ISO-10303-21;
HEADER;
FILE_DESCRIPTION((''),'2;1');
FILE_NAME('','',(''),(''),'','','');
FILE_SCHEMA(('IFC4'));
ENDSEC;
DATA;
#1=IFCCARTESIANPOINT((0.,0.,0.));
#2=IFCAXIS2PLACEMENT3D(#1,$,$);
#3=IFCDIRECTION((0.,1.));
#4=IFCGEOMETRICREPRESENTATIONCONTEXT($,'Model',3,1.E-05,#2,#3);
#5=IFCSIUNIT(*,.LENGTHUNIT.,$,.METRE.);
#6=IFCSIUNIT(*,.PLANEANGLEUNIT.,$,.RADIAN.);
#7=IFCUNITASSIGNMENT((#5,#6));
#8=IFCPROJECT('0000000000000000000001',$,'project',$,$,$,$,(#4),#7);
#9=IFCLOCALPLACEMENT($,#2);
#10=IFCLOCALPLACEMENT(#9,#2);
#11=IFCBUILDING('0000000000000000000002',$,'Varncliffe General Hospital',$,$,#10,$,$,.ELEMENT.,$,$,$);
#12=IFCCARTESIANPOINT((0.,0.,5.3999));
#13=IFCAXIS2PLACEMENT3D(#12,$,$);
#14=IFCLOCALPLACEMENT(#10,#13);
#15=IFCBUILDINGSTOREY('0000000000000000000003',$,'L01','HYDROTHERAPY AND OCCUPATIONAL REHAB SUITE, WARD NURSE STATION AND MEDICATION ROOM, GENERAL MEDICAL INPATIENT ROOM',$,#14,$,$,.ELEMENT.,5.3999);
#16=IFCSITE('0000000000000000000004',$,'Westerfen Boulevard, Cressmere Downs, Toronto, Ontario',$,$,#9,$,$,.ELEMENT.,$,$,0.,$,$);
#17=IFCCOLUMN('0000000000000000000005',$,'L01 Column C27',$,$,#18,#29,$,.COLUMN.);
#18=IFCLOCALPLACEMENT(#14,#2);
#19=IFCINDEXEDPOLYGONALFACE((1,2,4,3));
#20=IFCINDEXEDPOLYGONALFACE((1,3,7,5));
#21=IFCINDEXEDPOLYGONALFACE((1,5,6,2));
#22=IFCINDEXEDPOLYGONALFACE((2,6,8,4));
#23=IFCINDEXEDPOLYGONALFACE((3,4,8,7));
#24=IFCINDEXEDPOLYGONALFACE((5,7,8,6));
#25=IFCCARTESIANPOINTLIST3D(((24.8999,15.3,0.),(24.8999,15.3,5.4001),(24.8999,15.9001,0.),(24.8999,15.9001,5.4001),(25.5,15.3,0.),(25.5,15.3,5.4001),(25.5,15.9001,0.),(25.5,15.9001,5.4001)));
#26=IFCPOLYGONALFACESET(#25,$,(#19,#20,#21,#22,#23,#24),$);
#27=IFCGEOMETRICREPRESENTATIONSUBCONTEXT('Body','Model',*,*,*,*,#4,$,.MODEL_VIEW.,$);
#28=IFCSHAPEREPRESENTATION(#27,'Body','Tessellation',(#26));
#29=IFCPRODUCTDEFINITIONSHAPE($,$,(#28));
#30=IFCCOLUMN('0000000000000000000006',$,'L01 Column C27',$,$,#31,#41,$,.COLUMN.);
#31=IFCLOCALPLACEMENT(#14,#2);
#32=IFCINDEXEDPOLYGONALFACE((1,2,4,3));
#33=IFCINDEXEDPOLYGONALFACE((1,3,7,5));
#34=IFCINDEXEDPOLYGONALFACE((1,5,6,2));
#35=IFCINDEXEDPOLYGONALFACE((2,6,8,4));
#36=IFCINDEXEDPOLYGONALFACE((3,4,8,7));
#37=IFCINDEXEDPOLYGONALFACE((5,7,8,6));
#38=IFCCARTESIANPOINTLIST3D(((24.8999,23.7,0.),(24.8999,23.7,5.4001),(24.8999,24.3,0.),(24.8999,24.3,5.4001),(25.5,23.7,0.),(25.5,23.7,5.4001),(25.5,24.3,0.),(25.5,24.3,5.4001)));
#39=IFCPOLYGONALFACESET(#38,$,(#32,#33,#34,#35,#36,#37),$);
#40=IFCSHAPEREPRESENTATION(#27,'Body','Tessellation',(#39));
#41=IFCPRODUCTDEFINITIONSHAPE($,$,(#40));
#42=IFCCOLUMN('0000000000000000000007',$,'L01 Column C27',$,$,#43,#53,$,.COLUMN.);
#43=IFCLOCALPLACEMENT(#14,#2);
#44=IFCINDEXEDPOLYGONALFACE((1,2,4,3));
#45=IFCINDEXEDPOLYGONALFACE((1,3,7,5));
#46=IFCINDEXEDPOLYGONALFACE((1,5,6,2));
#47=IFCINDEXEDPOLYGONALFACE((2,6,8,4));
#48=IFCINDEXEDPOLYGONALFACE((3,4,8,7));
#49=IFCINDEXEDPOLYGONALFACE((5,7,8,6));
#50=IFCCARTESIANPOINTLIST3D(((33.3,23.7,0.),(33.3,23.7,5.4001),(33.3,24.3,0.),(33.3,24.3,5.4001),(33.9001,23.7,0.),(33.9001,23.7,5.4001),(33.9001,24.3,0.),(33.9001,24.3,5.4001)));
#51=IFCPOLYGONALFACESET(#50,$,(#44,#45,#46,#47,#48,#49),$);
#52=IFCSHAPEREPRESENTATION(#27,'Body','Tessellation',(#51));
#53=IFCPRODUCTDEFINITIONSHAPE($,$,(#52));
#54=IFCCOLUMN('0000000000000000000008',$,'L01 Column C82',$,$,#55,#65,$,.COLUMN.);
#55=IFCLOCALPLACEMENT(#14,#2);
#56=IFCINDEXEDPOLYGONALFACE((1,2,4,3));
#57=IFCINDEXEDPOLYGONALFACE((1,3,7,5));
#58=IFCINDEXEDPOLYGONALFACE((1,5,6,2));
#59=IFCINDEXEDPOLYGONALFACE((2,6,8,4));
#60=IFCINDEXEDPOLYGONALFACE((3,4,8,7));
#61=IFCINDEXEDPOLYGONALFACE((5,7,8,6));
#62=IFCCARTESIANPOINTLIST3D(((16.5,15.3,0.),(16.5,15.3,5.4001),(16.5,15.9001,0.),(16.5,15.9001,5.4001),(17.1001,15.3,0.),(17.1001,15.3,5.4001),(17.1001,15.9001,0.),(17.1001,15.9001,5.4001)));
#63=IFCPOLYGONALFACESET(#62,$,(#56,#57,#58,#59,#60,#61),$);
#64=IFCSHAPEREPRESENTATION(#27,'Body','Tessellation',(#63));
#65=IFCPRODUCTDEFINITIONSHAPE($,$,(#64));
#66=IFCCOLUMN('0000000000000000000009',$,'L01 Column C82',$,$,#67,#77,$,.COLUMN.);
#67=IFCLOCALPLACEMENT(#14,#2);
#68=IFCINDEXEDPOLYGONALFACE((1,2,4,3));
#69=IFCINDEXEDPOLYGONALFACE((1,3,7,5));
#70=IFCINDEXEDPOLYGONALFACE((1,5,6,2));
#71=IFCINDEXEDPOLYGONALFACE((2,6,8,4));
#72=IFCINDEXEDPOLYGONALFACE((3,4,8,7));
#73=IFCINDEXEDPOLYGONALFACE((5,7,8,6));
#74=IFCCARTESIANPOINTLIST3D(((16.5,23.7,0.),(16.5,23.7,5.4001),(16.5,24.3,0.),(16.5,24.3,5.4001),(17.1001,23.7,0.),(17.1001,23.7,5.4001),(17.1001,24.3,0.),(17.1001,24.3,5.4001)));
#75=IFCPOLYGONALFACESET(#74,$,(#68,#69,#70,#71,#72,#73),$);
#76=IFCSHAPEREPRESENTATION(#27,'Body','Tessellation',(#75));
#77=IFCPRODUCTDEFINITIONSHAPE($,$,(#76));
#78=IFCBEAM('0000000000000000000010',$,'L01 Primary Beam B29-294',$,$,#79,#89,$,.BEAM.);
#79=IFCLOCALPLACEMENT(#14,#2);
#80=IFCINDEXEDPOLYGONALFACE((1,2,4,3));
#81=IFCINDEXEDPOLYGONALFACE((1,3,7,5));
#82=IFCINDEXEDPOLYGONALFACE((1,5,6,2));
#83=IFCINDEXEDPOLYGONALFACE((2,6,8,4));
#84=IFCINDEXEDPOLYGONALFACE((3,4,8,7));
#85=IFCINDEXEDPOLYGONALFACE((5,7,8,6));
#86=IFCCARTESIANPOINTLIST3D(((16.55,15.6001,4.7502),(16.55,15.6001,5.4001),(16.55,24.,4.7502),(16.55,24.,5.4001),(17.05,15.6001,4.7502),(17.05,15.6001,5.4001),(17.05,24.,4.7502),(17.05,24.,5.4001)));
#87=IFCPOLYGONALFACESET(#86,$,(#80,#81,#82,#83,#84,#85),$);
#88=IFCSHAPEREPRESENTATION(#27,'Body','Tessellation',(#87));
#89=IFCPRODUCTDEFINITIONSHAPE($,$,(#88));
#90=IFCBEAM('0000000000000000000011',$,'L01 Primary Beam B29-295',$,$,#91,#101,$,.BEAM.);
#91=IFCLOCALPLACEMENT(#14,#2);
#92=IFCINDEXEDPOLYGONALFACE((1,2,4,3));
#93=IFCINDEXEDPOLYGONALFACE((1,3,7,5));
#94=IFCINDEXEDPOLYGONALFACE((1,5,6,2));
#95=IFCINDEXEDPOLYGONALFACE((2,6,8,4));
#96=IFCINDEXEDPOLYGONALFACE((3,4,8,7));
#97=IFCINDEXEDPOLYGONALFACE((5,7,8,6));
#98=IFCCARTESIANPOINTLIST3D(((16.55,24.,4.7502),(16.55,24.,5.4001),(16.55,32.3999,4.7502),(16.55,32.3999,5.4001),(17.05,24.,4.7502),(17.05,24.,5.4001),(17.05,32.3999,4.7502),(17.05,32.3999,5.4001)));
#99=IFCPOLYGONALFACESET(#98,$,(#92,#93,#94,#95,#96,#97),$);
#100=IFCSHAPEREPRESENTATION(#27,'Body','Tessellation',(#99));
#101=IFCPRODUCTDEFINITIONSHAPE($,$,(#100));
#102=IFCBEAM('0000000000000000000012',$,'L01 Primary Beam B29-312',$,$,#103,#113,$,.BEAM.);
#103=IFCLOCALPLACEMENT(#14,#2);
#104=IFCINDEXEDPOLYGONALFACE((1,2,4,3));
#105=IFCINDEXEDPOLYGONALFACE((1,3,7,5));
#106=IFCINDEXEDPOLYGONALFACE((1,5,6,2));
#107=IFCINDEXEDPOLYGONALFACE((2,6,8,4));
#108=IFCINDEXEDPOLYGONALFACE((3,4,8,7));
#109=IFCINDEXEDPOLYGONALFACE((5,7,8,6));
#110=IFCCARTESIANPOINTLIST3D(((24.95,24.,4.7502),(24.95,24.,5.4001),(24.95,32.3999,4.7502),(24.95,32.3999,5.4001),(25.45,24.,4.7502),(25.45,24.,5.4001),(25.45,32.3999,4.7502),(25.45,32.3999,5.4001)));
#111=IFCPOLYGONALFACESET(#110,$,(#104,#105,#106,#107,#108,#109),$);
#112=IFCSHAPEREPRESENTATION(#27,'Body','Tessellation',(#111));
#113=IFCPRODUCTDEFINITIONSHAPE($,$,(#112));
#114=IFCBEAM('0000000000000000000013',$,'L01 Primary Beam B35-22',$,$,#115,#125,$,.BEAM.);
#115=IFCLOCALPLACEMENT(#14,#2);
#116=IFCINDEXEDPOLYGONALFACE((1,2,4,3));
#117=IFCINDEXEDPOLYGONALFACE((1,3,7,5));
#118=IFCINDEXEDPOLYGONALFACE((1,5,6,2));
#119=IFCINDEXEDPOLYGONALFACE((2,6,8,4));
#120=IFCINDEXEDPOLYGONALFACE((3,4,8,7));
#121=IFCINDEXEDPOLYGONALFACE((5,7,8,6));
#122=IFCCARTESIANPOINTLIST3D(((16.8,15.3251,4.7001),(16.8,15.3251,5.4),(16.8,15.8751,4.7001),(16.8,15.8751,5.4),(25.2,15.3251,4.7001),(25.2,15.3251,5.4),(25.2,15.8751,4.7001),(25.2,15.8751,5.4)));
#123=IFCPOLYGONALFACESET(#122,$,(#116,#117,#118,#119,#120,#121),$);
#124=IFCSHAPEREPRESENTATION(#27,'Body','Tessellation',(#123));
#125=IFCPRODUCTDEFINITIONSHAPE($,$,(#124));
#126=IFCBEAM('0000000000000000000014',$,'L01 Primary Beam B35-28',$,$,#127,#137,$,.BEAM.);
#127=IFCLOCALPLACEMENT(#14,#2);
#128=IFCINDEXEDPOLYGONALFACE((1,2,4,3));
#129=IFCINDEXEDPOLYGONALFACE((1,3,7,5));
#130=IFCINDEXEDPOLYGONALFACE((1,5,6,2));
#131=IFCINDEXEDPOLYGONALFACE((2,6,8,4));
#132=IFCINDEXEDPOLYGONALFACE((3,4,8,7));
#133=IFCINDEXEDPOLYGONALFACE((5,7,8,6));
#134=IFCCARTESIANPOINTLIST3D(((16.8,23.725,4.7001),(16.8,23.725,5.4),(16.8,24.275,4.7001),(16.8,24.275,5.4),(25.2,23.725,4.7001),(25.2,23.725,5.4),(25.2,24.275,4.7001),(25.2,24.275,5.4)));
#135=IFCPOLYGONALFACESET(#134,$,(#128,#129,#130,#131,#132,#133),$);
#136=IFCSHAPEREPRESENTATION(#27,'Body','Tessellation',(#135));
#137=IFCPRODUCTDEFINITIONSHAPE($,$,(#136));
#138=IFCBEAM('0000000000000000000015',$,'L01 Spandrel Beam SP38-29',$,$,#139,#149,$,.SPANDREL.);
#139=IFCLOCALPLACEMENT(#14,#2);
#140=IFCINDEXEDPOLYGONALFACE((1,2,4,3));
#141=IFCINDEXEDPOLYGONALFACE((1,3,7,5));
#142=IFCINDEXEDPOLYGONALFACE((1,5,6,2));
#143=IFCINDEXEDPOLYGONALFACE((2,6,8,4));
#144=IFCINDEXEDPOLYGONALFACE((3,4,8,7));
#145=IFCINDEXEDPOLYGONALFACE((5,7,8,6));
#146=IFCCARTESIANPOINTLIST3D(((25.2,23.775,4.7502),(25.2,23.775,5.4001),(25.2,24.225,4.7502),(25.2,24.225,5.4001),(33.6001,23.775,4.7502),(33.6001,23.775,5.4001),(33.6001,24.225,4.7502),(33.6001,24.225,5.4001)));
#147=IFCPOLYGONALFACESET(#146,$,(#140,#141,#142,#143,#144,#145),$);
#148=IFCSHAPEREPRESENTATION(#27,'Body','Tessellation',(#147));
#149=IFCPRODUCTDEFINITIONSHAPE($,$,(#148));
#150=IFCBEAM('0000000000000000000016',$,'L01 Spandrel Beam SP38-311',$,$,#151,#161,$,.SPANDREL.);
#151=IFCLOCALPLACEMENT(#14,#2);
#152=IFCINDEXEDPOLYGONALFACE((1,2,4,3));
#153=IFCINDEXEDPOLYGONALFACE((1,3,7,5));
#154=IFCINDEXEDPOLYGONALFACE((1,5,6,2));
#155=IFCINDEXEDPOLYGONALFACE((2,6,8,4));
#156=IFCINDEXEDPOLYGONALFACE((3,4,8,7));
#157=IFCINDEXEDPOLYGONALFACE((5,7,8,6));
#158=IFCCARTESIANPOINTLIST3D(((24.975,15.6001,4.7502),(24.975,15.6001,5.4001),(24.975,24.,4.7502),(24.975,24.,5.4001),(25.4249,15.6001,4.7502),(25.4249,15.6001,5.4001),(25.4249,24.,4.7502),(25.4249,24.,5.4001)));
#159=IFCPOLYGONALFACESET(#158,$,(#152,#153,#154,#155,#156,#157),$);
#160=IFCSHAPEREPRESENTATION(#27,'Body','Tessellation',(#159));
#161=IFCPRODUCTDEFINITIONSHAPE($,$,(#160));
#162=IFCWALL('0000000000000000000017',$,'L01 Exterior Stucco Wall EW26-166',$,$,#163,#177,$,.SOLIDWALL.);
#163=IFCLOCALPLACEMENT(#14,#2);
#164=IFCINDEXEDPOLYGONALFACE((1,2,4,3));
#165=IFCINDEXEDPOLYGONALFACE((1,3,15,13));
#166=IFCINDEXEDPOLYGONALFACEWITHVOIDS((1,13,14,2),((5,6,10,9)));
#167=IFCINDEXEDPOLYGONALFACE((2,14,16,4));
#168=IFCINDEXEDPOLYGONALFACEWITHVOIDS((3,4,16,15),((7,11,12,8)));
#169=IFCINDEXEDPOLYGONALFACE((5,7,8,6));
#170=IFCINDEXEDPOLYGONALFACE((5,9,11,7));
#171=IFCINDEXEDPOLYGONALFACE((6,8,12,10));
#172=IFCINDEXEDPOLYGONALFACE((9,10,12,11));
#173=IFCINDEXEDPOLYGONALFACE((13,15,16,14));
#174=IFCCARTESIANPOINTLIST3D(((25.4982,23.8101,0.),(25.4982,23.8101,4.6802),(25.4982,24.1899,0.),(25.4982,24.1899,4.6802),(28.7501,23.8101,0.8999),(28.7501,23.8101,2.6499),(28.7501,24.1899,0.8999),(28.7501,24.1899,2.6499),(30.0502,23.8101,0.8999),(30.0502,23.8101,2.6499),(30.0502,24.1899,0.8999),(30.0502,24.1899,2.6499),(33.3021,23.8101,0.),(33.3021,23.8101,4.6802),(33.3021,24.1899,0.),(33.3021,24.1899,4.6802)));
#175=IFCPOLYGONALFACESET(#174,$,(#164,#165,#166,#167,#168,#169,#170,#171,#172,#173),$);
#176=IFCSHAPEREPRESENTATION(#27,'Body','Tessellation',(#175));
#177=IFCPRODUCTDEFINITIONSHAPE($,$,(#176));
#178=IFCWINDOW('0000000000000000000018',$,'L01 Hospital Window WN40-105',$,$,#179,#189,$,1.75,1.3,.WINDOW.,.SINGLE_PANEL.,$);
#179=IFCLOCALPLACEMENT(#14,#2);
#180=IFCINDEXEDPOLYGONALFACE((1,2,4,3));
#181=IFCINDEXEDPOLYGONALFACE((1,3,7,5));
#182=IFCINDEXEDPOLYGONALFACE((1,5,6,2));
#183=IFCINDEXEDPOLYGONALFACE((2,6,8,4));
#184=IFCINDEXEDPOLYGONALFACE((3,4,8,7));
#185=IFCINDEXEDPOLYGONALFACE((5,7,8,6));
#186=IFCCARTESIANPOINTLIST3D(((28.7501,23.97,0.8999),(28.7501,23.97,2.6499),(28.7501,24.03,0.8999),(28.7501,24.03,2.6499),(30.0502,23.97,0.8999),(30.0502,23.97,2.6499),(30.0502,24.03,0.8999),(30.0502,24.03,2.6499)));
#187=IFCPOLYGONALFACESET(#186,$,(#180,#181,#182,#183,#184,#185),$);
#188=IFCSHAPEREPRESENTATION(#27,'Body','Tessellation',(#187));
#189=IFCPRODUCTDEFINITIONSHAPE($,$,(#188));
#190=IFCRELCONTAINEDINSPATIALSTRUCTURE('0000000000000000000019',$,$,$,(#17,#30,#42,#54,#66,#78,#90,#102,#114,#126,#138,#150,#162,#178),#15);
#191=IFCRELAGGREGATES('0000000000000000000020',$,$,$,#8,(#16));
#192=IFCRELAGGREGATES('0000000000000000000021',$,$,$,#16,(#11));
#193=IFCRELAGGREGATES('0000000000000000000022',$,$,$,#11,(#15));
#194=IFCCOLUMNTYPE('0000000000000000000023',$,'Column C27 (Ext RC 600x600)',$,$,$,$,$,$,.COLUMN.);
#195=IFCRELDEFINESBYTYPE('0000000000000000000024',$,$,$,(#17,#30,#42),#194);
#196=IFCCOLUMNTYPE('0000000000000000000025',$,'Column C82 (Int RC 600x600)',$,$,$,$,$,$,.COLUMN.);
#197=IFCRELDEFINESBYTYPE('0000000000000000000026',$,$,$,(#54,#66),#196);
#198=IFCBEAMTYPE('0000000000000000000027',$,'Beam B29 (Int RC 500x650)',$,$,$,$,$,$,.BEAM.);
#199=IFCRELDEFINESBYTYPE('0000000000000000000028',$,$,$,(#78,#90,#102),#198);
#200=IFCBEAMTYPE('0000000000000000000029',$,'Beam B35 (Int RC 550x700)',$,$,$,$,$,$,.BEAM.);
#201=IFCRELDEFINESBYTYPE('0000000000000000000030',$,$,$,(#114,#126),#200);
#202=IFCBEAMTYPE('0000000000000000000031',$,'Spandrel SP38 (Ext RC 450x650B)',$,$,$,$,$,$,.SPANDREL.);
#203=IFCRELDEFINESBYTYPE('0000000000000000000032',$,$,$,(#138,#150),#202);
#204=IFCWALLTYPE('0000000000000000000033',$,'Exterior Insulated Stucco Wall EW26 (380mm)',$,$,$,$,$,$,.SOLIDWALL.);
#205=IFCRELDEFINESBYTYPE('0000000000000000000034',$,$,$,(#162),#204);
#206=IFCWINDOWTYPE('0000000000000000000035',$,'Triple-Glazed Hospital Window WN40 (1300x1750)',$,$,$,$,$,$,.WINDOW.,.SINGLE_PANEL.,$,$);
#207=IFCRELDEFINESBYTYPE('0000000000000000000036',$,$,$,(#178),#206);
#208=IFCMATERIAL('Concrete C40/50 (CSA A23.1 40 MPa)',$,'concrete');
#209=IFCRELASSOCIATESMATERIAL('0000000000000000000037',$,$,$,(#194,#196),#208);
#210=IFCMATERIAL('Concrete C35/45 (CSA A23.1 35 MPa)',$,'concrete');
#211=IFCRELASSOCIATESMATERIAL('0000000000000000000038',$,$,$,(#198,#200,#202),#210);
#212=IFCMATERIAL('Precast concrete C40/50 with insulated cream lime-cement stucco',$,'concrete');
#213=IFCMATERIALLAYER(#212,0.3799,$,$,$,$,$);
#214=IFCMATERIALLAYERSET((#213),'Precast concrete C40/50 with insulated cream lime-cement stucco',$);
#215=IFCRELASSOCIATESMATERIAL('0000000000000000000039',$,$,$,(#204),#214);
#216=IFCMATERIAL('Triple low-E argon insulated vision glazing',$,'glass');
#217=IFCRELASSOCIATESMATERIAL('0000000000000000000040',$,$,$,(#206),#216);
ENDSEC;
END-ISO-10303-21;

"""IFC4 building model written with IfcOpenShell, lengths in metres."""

from ifc_helpers import new_model, si_unit, direction, frame, frame_2d, origin, origin_2d, place, context, subcontext, project, spatial, rectangle, extrude, material, layer, layer_set, material_profile, profile_set, type_object, element, fill, save


model = new_model("IFC4")

# Units and contexts
model_context = context("Model", 3, precision=1e-05, world=origin(), true_north=direction((0.0, 1.0)))
body_context = subcontext(model_context, "Body", "Model", "MODEL_VIEW")
ifc_project = project(units=[si_unit("LENGTHUNIT", "METRE"), si_unit("PLANEANGLEUNIT", "RADIAN")], contexts=[model_context])

# Site, building, storey
site_placement = place(None, origin())
site = spatial("IfcSite", under=ifc_project, at=site_placement, Name="Westerfen Boulevard, Cressmere Downs, Toronto, Ontario", CompositionType="ELEMENT", RefElevation=0.0)
building_placement = place(site_placement, origin())
building = spatial("IfcBuilding", under=site, at=building_placement, Name="Varncliffe General Hospital", CompositionType="ELEMENT")
storey_placement = place(building_placement, frame((0.0, 0.0, 5.3999)))
storey = spatial("IfcBuildingStorey", under=building, at=storey_placement, Name="L01", Description="HYDROTHERAPY AND OCCUPATIONAL REHAB SUITE, WARD NURSE STATION AND MEDICATION ROOM, GENERAL MEDICAL INPATIENT ROOM", CompositionType="ELEMENT", Elevation=5.3999)

# Columns
ifc_material_1 = material(Name="Concrete C40/50 (CSA A23.1 40 MPa)", Category="concrete")
ifc_material_profile_1 = material_profile(ifc_material_1, rectangle(XDim=0.6001, YDim=0.6001, at=origin_2d()), Name="RC 600x600")
ifc_profile_set_1 = profile_set([ifc_material_profile_1], Name="Concrete C40/50 (CSA A23.1 40 MPa)")
column_type_1 = type_object("IfcColumnType", Name="Column C27 (Ext RC 600x600)", PredefinedType="COLUMN", material=ifc_profile_set_1)
for number, where, z_axis, x_axis, name in (
    (1, (25.2, 15.6001, 0.0), (0.0, 0.0, 1.0), (1.0, 0.0, 0.0), "L01 Column C27"),
    (2, (25.2, 24.0, 0.0), (0.0, 0.0, 1.0), (1.0, 0.0, 0.0), "L01 Column C27"),
    (3, (33.6001, 24.0, 0.0), (0.0, 0.0, 1.0), (1.0, 0.0, 0.0), "L01 Column C27"),
):
    element("IfcColumn", number, at=place(storey_placement, frame(where, z_axis=z_axis, x_axis=x_axis)), inside=storey, type_object=column_type_1, Name=name, PredefinedType="COLUMN", context=body_context, shape_type="SweptSolid", body=[
        extrude(rectangle(XDim=0.6001, YDim=0.6001, at=origin_2d()), origin(), (0.0, 0.0, 1.0), 5.4001),
    ])
ifc_material_profile_2 = material_profile(ifc_material_1, rectangle(XDim=0.6001, YDim=0.6001, at=origin_2d()), Name="RC 600x600")
ifc_profile_set_2 = profile_set([ifc_material_profile_2], Name="Concrete C40/50 (CSA A23.1 40 MPa)")
column_type_2 = type_object("IfcColumnType", Name="Column C82 (Int RC 600x600)", PredefinedType="COLUMN", material=ifc_profile_set_2)
for number, where, z_axis, x_axis, name in (
    (4, (16.8, 15.6001, 0.0), (0.0, 0.0, 1.0), (1.0, 0.0, 0.0), "L01 Column C82"),
    (5, (16.8, 24.0, 0.0), (0.0, 0.0, 1.0), (1.0, 0.0, 0.0), "L01 Column C82"),
):
    element("IfcColumn", number, at=place(storey_placement, frame(where, z_axis=z_axis, x_axis=x_axis)), inside=storey, type_object=column_type_2, Name=name, PredefinedType="COLUMN", context=body_context, shape_type="SweptSolid", body=[
        extrude(rectangle(XDim=0.6001, YDim=0.6001, at=origin_2d()), origin(), (0.0, 0.0, 1.0), 5.4001),
    ])

# Beams
ifc_material_2 = material(Name="Concrete C35/45 (CSA A23.1 35 MPa)", Category="concrete")
ifc_material_profile_3 = material_profile(ifc_material_2, rectangle(XDim=0.5, YDim=0.6499, at=origin_2d()), Name="RC 500x650")
ifc_profile_set_3 = profile_set([ifc_material_profile_3], Name="Concrete C35/45 (CSA A23.1 35 MPa)")
beam_type_1 = type_object("IfcBeamType", Name="Beam B29 (Int RC 500x650)", PredefinedType="BEAM", material=ifc_profile_set_3)
for number, where, z_axis, x_axis, name in (
    (6, (16.8, 15.6001, 5.0752), (0.0, 1.0, 0.0), (-1.0, 0.0, 0.0), "L01 Primary Beam B29-294"),
    (7, (16.8, 24.0, 5.0752), (0.0, 1.0, 0.0), (-1.0, 0.0, 0.0), "L01 Primary Beam B29-295"),
    (8, (25.2, 24.0, 5.0752), (0.0, 1.0, 0.0), (-1.0, 0.0, 0.0), "L01 Primary Beam B29-312"),
):
    element("IfcBeam", number, at=place(storey_placement, frame(where, z_axis=z_axis, x_axis=x_axis)), inside=storey, type_object=beam_type_1, Name=name, PredefinedType="BEAM", context=body_context, shape_type="SweptSolid", body=[
        extrude(rectangle(XDim=0.5, YDim=0.6499, at=origin_2d()), origin(), (0.0, 0.0, 1.0), 8.3999),
    ])
ifc_material_profile_4 = material_profile(ifc_material_2, rectangle(XDim=0.55, YDim=0.7, at=origin_2d()), Name="RC 550x700")
ifc_profile_set_4 = profile_set([ifc_material_profile_4], Name="Concrete C35/45 (CSA A23.1 35 MPa)")
beam_type_2 = type_object("IfcBeamType", Name="Beam B35 (Int RC 550x700)", PredefinedType="BEAM", material=ifc_profile_set_4)
for number, where, z_axis, x_axis, name in (
    (9, (16.8, 15.6001, 5.05), (1.0, 0.0, 0.0), (0.0, 1.0, 0.0), "L01 Primary Beam B35-22"),
    (10, (16.8, 24.0, 5.05), (1.0, 0.0, 0.0), (0.0, 1.0, 0.0), "L01 Primary Beam B35-28"),
):
    element("IfcBeam", number, at=place(storey_placement, frame(where, z_axis=z_axis, x_axis=x_axis)), inside=storey, type_object=beam_type_2, Name=name, PredefinedType="BEAM", context=body_context, shape_type="SweptSolid", body=[
        extrude(rectangle(XDim=0.55, YDim=0.7, at=origin_2d()), origin(), (0.0, 0.0, 1.0), 8.3999),
    ])
ifc_material_profile_5 = material_profile(ifc_material_2, rectangle(XDim=0.45, YDim=0.6499, at=origin_2d()), Name="RC 450x650")
ifc_profile_set_5 = profile_set([ifc_material_profile_5], Name="Concrete C35/45 (CSA A23.1 35 MPa)")
beam_type_3 = type_object("IfcBeamType", Name="Spandrel SP38 (Ext RC 450x650B)", PredefinedType="SPANDREL", material=ifc_profile_set_5)
beam_1_placement = place(storey_placement, frame((25.2, 24.0, 5.0752), z_axis=(1.0, 0.0, 0.0), x_axis=(0.0, 1.0, 0.0)))
element("IfcBeam", 11, at=beam_1_placement, inside=storey, type_object=beam_type_3, Name="L01 Spandrel Beam SP38-29", PredefinedType="SPANDREL", context=body_context, shape_type="SweptSolid", body=[
    extrude(rectangle(XDim=0.45, YDim=0.6499, at=origin_2d()), origin(), (0.0, 0.0, 1.0), 8.4001),
])
beam_2_placement = place(storey_placement, frame((25.2, 15.6001, 5.0752), z_axis=(0.0, 1.0, 0.0), x_axis=(-1.0, 0.0, 0.0)))
element("IfcBeam", 12, at=beam_2_placement, inside=storey, type_object=beam_type_3, Name="L01 Spandrel Beam SP38-311", PredefinedType="SPANDREL", context=body_context, shape_type="SweptSolid", body=[
    extrude(rectangle(XDim=0.45, YDim=0.6499, at=origin_2d()), origin(), (0.0, 0.0, 1.0), 8.3999),
])

# Wall, opening, window
ifc_material_3 = material(Name="Precast concrete C40/50 with insulated cream lime-cement stucco", Category="concrete")
ifc_layer_1 = layer(ifc_material_3, 0.3799)
ifc_layer_set_1 = layer_set([ifc_layer_1], Name="Precast concrete C40/50 with insulated cream lime-cement stucco")
wall_type_1 = type_object("IfcWallType", Name="Exterior Insulated Stucco Wall EW26 (380mm)", PredefinedType="SOLIDWALL", material=ifc_layer_set_1)
wall_1_placement = place(storey_placement, frame((33.302, 24.0, 0.0), z_axis=(0.0, 0.0, 1.0), x_axis=(-1.0, 0.0, 0.0)))
wall_1 = element("IfcWall", 13, at=wall_1_placement, inside=storey, type_object=wall_type_1, Name="L01 Exterior Stucco Wall EW26-166", PredefinedType="SOLIDWALL", context=body_context, shape_type="SweptSolid", body=[
    extrude(rectangle(XDim=7.804, YDim=0.3799, at=frame_2d((3.9019, 0.0))), origin(), (0.0, 0.0, 1.0), 4.6802),
])
opening_1_placement = place(wall_1_placement, frame((3.252, 0.0, 0.8999)))
opening_1 = element("IfcOpeningElement", 14, at=opening_1_placement, cuts=wall_1, PredefinedType="OPENING", context=body_context, shape_type="SweptSolid", body=[
    extrude(rectangle(XDim=1.3, YDim=1.75, at=frame_2d((0.6499, 0.875))), frame((0.0, 0.2, 0.0), z_axis=(0.0, -1.0, 0.0), x_axis=(1.0, 0.0, 0.0)), (0.0, 0.0, 1.0), 0.3999),
])
ifc_material_4 = material(Name="Triple low-E argon insulated vision glazing", Category="glass")
window_type_1 = type_object("IfcWindowType", Name="Triple-Glazed Hospital Window WN40 (1300x1750)", PartitioningType="SINGLE_PANEL", PredefinedType="WINDOW", material=ifc_material_4)
window_1_placement = place(opening_1_placement, origin())
window_1 = element("IfcWindow", 15, at=window_1_placement, inside=storey, type_object=window_type_1, Name="L01 Hospital Window WN40-105", OverallHeight=1.75, OverallWidth=1.3, PartitioningType="SINGLE_PANEL", PredefinedType="WINDOW", context=body_context, shape_type="SweptSolid", body=[
    extrude(rectangle(XDim=1.3, YDim=1.75, at=frame_2d((0.6499, 0.875))), frame((0.0, 0.03, 0.0), z_axis=(0.0, -1.0, 0.0), x_axis=(1.0, 0.0, 0.0)), (0.0, 0.0, 1.0), 0.0601),
])
fill(opening_1, window_1)

save(model, "model.ifc")
